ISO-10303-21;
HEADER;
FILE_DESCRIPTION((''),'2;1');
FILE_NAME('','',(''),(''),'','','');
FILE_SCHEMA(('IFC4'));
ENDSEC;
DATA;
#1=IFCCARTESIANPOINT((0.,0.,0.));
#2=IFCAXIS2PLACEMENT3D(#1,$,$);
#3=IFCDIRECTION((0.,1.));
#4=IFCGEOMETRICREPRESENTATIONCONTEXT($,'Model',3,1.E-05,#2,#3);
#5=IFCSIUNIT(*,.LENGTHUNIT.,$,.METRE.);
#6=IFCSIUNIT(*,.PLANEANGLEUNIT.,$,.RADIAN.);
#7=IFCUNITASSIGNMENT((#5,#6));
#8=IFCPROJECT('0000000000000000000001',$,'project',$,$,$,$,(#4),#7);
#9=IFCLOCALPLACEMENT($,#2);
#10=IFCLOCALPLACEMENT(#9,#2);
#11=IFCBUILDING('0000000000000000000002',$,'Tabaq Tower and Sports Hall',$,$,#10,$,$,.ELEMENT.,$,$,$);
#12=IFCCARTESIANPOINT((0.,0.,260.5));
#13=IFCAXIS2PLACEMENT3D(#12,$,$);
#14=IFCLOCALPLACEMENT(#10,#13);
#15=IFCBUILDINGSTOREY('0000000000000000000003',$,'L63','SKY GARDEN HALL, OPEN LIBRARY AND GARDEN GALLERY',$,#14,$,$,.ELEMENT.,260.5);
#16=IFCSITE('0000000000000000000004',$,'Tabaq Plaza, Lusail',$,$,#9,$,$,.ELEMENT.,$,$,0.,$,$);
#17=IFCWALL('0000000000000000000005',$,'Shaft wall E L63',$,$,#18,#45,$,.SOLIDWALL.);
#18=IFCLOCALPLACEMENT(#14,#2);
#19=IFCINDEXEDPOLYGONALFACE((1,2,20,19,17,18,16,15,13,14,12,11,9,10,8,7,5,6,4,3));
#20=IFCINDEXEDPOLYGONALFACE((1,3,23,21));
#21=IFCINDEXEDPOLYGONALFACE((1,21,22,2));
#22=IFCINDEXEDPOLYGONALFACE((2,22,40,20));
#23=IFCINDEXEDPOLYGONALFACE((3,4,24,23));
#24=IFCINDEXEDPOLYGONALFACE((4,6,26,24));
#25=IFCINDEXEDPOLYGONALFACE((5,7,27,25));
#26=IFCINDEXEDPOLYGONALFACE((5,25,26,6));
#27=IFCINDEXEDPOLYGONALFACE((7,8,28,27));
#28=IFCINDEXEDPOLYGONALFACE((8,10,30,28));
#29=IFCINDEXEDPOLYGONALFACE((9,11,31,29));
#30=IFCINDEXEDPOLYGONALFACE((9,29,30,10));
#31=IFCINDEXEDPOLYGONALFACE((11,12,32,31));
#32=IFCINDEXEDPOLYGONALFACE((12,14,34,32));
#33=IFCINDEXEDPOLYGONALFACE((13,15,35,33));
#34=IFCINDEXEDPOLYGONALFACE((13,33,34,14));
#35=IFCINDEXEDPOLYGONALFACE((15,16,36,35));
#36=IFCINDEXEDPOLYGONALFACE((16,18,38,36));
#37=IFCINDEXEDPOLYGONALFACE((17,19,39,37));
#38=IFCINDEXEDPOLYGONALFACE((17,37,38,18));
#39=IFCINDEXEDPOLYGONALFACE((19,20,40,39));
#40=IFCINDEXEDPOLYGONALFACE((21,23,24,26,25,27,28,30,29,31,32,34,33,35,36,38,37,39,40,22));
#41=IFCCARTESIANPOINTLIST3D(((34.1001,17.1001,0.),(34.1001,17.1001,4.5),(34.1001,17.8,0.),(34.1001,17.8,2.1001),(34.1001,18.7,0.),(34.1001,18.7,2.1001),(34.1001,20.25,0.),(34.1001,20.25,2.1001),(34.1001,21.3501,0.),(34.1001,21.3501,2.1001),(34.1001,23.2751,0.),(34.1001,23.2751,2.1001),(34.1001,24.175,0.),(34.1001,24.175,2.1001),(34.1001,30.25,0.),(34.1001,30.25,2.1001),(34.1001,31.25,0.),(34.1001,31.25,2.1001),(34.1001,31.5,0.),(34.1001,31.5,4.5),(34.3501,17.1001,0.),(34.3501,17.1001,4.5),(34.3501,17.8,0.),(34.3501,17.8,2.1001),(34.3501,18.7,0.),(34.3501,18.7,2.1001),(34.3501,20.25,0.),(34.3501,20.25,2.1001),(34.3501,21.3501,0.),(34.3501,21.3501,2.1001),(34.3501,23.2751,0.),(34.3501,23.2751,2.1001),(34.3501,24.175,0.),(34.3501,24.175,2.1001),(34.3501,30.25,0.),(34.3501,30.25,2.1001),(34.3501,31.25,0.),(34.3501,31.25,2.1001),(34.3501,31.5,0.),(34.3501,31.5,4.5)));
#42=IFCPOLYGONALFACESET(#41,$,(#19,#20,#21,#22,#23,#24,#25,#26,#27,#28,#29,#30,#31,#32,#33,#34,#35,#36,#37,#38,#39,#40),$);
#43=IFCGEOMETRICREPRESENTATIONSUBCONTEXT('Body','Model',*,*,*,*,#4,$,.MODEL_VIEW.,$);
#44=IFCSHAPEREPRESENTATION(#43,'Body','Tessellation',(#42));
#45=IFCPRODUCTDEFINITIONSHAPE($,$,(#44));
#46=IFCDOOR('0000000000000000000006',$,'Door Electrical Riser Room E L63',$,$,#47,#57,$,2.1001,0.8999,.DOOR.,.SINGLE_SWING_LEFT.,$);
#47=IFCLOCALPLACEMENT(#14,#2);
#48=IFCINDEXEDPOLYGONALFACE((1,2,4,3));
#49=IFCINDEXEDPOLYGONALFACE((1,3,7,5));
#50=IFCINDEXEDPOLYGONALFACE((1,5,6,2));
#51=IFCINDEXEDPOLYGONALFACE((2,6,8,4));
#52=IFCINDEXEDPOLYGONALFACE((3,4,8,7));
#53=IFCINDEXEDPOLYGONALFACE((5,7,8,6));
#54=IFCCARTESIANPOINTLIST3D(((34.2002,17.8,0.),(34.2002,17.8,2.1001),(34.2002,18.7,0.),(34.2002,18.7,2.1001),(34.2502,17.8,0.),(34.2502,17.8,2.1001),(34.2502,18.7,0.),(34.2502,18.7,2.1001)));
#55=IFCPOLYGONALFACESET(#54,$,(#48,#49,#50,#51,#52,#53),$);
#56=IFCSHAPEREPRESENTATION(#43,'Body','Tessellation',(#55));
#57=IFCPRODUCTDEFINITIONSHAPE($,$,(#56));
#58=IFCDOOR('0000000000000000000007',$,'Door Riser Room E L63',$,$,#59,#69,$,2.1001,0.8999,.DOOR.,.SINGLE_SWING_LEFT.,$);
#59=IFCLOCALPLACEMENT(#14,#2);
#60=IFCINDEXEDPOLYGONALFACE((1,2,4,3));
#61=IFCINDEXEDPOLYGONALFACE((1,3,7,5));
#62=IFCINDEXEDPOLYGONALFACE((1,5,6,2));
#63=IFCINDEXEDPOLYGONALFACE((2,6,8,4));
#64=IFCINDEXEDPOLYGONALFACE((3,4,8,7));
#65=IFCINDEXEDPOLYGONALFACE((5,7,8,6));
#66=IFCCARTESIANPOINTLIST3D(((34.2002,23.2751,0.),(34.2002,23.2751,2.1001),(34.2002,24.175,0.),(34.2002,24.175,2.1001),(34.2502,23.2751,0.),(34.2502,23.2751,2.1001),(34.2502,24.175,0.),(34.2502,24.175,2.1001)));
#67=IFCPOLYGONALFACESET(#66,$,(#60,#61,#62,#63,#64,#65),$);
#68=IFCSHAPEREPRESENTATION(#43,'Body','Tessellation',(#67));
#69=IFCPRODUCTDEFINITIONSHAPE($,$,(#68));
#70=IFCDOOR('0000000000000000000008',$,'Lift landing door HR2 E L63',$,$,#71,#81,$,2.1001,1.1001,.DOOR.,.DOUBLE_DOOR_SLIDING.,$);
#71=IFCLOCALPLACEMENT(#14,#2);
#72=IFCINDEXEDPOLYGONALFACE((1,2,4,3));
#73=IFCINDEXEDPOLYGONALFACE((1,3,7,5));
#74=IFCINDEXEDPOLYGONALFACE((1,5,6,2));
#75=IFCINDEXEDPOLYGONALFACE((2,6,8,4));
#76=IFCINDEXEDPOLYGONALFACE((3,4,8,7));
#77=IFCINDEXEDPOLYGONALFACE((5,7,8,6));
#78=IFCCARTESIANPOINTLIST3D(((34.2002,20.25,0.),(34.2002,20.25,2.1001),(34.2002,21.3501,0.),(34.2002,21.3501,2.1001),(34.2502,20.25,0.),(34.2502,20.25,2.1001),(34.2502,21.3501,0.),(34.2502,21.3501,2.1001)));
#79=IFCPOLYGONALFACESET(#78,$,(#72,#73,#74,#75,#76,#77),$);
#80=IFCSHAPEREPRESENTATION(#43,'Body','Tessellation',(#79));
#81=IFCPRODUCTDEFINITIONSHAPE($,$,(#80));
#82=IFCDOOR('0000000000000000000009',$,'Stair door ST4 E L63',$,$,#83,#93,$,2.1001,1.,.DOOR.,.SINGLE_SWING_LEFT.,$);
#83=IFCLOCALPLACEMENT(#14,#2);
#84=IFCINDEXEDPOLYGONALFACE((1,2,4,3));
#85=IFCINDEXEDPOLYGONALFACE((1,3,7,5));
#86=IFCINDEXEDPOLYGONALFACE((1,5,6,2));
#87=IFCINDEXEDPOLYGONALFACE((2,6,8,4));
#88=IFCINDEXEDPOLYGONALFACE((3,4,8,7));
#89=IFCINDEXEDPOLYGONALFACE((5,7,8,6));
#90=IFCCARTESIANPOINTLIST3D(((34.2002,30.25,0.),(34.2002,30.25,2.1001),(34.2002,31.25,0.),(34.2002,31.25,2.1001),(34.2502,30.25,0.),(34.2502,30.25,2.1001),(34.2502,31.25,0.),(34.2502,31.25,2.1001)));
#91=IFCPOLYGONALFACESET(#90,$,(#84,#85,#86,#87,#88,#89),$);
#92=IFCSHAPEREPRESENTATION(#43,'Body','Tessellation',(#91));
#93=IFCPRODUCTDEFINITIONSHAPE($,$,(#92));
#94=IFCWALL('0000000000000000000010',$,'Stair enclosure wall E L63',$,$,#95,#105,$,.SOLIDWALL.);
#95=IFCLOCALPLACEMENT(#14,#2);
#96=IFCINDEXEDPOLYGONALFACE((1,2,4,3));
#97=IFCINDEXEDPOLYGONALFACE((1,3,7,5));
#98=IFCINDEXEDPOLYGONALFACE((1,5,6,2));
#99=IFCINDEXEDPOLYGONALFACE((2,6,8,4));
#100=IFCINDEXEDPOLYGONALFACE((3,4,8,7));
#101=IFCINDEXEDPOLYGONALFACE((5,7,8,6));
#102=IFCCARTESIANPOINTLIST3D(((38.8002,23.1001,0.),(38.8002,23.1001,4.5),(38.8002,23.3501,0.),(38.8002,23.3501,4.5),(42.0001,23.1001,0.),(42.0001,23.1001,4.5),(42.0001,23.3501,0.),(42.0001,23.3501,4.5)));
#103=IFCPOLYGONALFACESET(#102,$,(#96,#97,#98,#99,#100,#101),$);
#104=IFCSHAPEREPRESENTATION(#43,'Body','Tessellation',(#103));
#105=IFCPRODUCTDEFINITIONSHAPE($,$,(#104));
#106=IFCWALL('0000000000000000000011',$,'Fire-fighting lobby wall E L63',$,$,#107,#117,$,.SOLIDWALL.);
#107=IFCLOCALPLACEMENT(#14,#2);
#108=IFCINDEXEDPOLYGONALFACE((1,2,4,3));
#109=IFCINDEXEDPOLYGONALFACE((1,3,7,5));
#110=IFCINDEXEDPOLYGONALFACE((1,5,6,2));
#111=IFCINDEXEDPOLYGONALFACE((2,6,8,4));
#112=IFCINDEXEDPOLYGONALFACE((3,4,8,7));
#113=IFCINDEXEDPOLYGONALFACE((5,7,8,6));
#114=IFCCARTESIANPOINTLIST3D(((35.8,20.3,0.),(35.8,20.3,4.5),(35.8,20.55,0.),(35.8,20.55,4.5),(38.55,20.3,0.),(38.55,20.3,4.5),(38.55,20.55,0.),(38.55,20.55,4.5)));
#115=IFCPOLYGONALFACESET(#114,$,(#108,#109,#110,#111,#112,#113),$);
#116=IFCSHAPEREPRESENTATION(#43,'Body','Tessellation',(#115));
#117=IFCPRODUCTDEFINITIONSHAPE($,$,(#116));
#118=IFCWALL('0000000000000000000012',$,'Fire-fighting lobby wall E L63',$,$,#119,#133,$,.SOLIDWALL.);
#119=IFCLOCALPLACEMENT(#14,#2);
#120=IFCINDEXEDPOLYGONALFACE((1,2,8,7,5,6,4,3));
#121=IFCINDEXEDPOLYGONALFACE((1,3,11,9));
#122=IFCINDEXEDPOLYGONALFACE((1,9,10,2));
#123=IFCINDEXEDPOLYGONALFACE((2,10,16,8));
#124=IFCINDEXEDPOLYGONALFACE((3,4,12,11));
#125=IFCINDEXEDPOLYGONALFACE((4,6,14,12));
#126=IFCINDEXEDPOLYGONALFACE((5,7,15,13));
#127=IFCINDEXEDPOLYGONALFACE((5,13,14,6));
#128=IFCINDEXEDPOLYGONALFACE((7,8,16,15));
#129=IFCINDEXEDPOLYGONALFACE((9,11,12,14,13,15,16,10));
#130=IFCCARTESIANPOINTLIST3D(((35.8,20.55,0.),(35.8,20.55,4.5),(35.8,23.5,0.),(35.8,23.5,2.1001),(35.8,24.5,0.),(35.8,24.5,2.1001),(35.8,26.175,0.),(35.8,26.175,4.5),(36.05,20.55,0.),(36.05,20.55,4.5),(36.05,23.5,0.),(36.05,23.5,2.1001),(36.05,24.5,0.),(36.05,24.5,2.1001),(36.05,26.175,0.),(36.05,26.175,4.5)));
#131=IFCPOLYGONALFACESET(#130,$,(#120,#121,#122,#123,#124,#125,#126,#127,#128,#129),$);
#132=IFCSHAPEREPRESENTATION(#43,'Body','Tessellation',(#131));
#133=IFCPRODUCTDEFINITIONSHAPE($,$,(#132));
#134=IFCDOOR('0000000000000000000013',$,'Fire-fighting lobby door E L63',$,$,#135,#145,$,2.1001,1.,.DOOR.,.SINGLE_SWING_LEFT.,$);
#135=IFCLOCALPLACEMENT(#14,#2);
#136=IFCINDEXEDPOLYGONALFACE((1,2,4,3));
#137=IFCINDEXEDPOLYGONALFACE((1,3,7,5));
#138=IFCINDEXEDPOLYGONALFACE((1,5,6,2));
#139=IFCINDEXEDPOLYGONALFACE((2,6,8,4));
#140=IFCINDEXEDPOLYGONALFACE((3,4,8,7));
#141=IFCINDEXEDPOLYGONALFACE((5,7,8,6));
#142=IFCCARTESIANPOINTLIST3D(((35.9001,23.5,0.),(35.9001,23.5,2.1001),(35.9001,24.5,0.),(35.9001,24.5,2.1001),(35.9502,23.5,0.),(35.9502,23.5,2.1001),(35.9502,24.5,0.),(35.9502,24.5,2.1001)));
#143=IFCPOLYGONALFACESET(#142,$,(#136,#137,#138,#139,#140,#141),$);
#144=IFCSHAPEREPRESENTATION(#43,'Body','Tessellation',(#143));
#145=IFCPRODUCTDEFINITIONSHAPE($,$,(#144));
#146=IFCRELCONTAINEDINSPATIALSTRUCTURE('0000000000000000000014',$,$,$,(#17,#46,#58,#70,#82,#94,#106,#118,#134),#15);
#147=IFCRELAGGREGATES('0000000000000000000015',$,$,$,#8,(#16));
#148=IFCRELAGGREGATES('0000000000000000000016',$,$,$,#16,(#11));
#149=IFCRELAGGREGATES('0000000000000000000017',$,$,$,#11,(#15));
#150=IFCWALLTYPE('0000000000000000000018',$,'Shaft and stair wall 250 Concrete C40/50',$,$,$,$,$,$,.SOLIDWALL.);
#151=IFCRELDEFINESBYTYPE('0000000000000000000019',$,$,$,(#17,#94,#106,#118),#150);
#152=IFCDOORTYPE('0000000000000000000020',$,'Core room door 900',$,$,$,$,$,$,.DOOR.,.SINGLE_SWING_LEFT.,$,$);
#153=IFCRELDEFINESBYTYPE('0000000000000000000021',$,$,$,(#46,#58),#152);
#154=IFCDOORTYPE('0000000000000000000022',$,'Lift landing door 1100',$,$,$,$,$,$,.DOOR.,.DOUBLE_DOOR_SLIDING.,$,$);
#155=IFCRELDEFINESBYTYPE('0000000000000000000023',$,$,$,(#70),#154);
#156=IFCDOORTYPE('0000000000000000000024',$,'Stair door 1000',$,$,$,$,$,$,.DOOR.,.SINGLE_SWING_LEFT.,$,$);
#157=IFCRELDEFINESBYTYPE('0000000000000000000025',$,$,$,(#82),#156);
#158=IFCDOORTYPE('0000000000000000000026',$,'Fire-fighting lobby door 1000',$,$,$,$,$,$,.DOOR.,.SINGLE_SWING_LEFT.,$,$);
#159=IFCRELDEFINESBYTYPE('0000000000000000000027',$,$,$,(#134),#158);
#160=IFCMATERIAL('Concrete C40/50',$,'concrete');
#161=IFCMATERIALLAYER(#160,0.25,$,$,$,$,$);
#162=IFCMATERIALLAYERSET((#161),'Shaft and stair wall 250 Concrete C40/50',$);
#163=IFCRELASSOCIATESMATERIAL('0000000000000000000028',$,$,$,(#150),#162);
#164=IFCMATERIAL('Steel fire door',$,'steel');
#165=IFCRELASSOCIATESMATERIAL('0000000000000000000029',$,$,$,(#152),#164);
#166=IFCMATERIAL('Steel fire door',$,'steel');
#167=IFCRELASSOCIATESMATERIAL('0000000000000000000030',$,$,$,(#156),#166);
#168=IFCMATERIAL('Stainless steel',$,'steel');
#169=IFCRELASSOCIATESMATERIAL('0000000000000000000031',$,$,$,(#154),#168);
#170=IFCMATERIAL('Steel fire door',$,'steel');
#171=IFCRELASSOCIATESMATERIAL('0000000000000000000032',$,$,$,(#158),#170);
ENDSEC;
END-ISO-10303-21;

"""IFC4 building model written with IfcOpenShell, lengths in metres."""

from ifc_helpers import new_model, si_unit, direction, frame, frame_2d, origin, place, context, subcontext, project, spatial, rectangle, extrude, material, layer, layer_set, type_object, element, fill, save


model = new_model("IFC4")

# Units and contexts
model_context = context("Model", 3, precision=1e-05, world=origin(), true_north=direction((0.0, 1.0)))
body_context = subcontext(model_context, "Body", "Model", "MODEL_VIEW")
ifc_project = project(units=[si_unit("LENGTHUNIT", "METRE"), si_unit("PLANEANGLEUNIT", "RADIAN")], contexts=[model_context])

# Site, building, storey
site_placement = place(None, origin())
site = spatial("IfcSite", under=ifc_project, at=site_placement, Name="Tabaq Plaza, Lusail", CompositionType="ELEMENT", RefElevation=0.0)
building_placement = place(site_placement, origin())
building = spatial("IfcBuilding", under=site, at=building_placement, Name="Tabaq Tower and Sports Hall", CompositionType="ELEMENT")
storey_placement = place(building_placement, frame((0.0, 0.0, 260.5)))
storey = spatial("IfcBuildingStorey", under=building, at=storey_placement, Name="L63", Description="SKY GARDEN HALL, OPEN LIBRARY AND GARDEN GALLERY", CompositionType="ELEMENT", Elevation=260.5)

# Wall, openings, doors
ifc_material_1 = material(Name="Concrete C40/50", Category="concrete")
ifc_layer_1 = layer(ifc_material_1, 0.25)
ifc_layer_set_1 = layer_set([ifc_layer_1], Name="Shaft and stair wall 250 Concrete C40/50")
wall_type_1 = type_object("IfcWallType", Name="Shaft and stair wall 250 Concrete C40/50", PredefinedType="SOLIDWALL", material=ifc_layer_set_1)
ifc_material_2 = material(Name="Steel fire door", Category="steel")
door_type_1 = type_object("IfcDoorType", Name="Core room door 900", OperationType="SINGLE_SWING_LEFT", PredefinedType="DOOR", material=ifc_material_2)
ifc_material_3 = material(Name="Steel fire door", Category="steel")
door_type_2 = type_object("IfcDoorType", Name="Stair door 1000", OperationType="SINGLE_SWING_LEFT", PredefinedType="DOOR", material=ifc_material_3)
wall_1_placement = place(storey_placement, frame((34.2251, 17.1001, 0.0), z_axis=(0.0, 0.0, 1.0), x_axis=(0.0, 1.0, 0.0)))
wall_1 = element("IfcWall", 1, at=wall_1_placement, inside=storey, type_object=wall_type_1, Name="Shaft wall E L63", PredefinedType="SOLIDWALL", context=body_context, shape_type="SweptSolid", body=[
    extrude(rectangle(XDim=14.3999, YDim=0.25, at=frame_2d((7.2, 0.0))), origin(), (0.0, 0.0, 1.0), 4.5),
])
opening_1_placement = place(wall_1_placement, frame((13.1499, 0.0, 0.0)))
opening_1 = element("IfcOpeningElement", 2, at=opening_1_placement, cuts=wall_1, PredefinedType="OPENING", context=body_context, shape_type="SweptSolid", body=[
    extrude(rectangle(XDim=1.0, YDim=2.1001, at=frame_2d((0.5, 1.05))), frame((0.0, 0.125, 0.0), z_axis=(0.0, -1.0, 0.0), x_axis=(1.0, 0.0, 0.0)), (0.0, 0.0, 1.0), 0.25),
])
opening_2_placement = place(wall_1_placement, frame((3.1499, 0.0, 0.0)))
opening_2 = element("IfcOpeningElement", 3, at=opening_2_placement, cuts=wall_1, PredefinedType="OPENING", context=body_context, shape_type="SweptSolid", body=[
    extrude(rectangle(XDim=1.1001, YDim=2.1001, at=frame_2d((0.55, 1.05))), frame((0.0, 0.125, 0.0), z_axis=(0.0, -1.0, 0.0), x_axis=(1.0, 0.0, 0.0)), (0.0, 0.0, 1.0), 0.25),
])
opening_3_placement = place(wall_1_placement, frame((0.7, 0.0, 0.0)))
opening_3 = element("IfcOpeningElement", 4, at=opening_3_placement, cuts=wall_1, PredefinedType="OPENING", context=body_context, shape_type="SweptSolid", body=[
    extrude(rectangle(XDim=0.8999, YDim=2.1001, at=frame_2d((0.45, 1.05))), frame((0.0, 0.125, 0.0), z_axis=(0.0, -1.0, 0.0), x_axis=(1.0, 0.0, 0.0)), (0.0, 0.0, 1.0), 0.25),
])
opening_4_placement = place(wall_1_placement, frame((6.175, 0.0, 0.0)))
opening_4 = element("IfcOpeningElement", 5, at=opening_4_placement, cuts=wall_1, PredefinedType="OPENING", context=body_context, shape_type="SweptSolid", body=[
    extrude(rectangle(XDim=0.8999, YDim=2.1001, at=frame_2d((0.45, 1.05))), frame((0.0, 0.125, 0.0), z_axis=(0.0, -1.0, 0.0), x_axis=(1.0, 0.0, 0.0)), (0.0, 0.0, 1.0), 0.25),
])
door_1_placement = place(opening_3_placement, origin())
door_1 = element("IfcDoor", 6, at=door_1_placement, inside=storey, type_object=door_type_1, Name="Door Electrical Riser Room E L63", OperationType="SINGLE_SWING_LEFT", OverallHeight=2.1001, OverallWidth=0.8999, PredefinedType="DOOR", context=body_context, shape_type="SweptSolid", body=[
    extrude(rectangle(XDim=0.8999, YDim=2.1001, at=frame_2d((0.45, 1.05))), frame((0.0, 0.0249, 0.0), z_axis=(0.0, -1.0, 0.0), x_axis=(1.0, 0.0, 0.0)), (0.0, 0.0, 1.0), 0.05),
])
fill(opening_3, door_1)
door_2_placement = place(opening_4_placement, origin())
door_2 = element("IfcDoor", 7, at=door_2_placement, inside=storey, type_object=door_type_1, Name="Door Riser Room E L63", OperationType="SINGLE_SWING_LEFT", OverallHeight=2.1001, OverallWidth=0.8999, PredefinedType="DOOR", context=body_context, shape_type="SweptSolid", body=[
    extrude(rectangle(XDim=0.8999, YDim=2.1001, at=frame_2d((0.45, 1.05))), frame((0.0, 0.0249, 0.0), z_axis=(0.0, -1.0, 0.0), x_axis=(1.0, 0.0, 0.0)), (0.0, 0.0, 1.0), 0.05),
])
fill(opening_4, door_2)
ifc_material_4 = material(Name="Stainless steel", Category="steel")
door_type_3 = type_object("IfcDoorType", Name="Lift landing door 1100", OperationType="DOUBLE_DOOR_SLIDING", PredefinedType="DOOR", material=ifc_material_4)
door_3_placement = place(opening_2_placement, origin())
door_3 = element("IfcDoor", 8, at=door_3_placement, inside=storey, type_object=door_type_3, Name="Lift landing door HR2 E L63", OperationType="DOUBLE_DOOR_SLIDING", OverallHeight=2.1001, OverallWidth=1.1001, PredefinedType="DOOR", context=body_context, shape_type="SweptSolid", body=[
    extrude(rectangle(XDim=1.1001, YDim=2.1001, at=frame_2d((0.55, 1.05))), frame((0.0, 0.0249, 0.0), z_axis=(0.0, -1.0, 0.0), x_axis=(1.0, 0.0, 0.0)), (0.0, 0.0, 1.0), 0.05),
])
fill(opening_2, door_3)
door_4_placement = place(opening_1_placement, origin())
door_4 = element("IfcDoor", 9, at=door_4_placement, inside=storey, type_object=door_type_2, Name="Stair door ST4 E L63", OperationType="SINGLE_SWING_LEFT", OverallHeight=2.1001, OverallWidth=1.0, PredefinedType="DOOR", context=body_context, shape_type="SweptSolid", body=[
    extrude(rectangle(XDim=1.0, YDim=2.1001, at=frame_2d((0.5, 1.05))), frame((0.0, 0.0249, 0.0), z_axis=(0.0, -1.0, 0.0), x_axis=(1.0, 0.0, 0.0)), (0.0, 0.0, 1.0), 0.05),
])
fill(opening_1, door_4)

# Walls
wall_2_placement = place(storey_placement, frame((38.8, 23.2251, 0.0), z_axis=(0.0, 0.0, 1.0), x_axis=(1.0, 0.0, 0.0)))
element("IfcWall", 10, at=wall_2_placement, inside=storey, type_object=wall_type_1, Name="Stair enclosure wall E L63", PredefinedType="SOLIDWALL", context=body_context, shape_type="SweptSolid", body=[
    extrude(rectangle(XDim=3.2, YDim=0.25, at=frame_2d((1.6001, 0.0))), origin(), (0.0, 0.0, 1.0), 4.5),
])
wall_3_placement = place(storey_placement, frame((35.8, 20.425, 0.0), z_axis=(0.0, 0.0, 1.0), x_axis=(1.0, 0.0, 0.0)))
element("IfcWall", 11, at=wall_3_placement, inside=storey, type_object=wall_type_1, Name="Fire-fighting lobby wall E L63", PredefinedType="SOLIDWALL", context=body_context, shape_type="SweptSolid", body=[
    extrude(rectangle(XDim=2.75, YDim=0.25, at=frame_2d((1.375, 0.0))), origin(), (0.0, 0.0, 1.0), 4.5),
])

# Wall, opening, door
wall_4_placement = place(storey_placement, frame((35.925, 20.55, 0.0), z_axis=(0.0, 0.0, 1.0), x_axis=(0.0, 1.0, 0.0)))
wall_4 = element("IfcWall", 12, at=wall_4_placement, inside=storey, type_object=wall_type_1, Name="Fire-fighting lobby wall E L63", PredefinedType="SOLIDWALL", context=body_context, shape_type="SweptSolid", body=[
    extrude(rectangle(XDim=5.625, YDim=0.25, at=frame_2d((2.8125, 0.0))), origin(), (0.0, 0.0, 1.0), 4.5),
])
opening_5_placement = place(wall_4_placement, frame((2.95, 0.0, 0.0)))
opening_5 = element("IfcOpeningElement", 13, at=opening_5_placement, cuts=wall_4, PredefinedType="OPENING", context=body_context, shape_type="SweptSolid", body=[
    extrude(rectangle(XDim=1.0, YDim=2.1001, at=frame_2d((0.5, 1.05))), frame((0.0, 0.125, 0.0), z_axis=(0.0, -1.0, 0.0), x_axis=(1.0, 0.0, 0.0)), (0.0, 0.0, 1.0), 0.25),
])
ifc_material_5 = material(Name="Steel fire door", Category="steel")
door_type_4 = type_object("IfcDoorType", Name="Fire-fighting lobby door 1000", OperationType="SINGLE_SWING_LEFT", PredefinedType="DOOR", material=ifc_material_5)
door_5_placement = place(opening_5_placement, origin())
door_5 = element("IfcDoor", 14, at=door_5_placement, inside=storey, type_object=door_type_4, Name="Fire-fighting lobby door E L63", OperationType="SINGLE_SWING_LEFT", OverallHeight=2.1001, OverallWidth=1.0, PredefinedType="DOOR", context=body_context, shape_type="SweptSolid", body=[
    extrude(rectangle(XDim=1.0, YDim=2.1001, at=frame_2d((0.5, 1.05))), frame((0.0, 0.0249, 0.0), z_axis=(0.0, -1.0, 0.0), x_axis=(1.0, 0.0, 0.0)), (0.0, 0.0, 1.0), 0.05),
])
fill(opening_5, door_5)

save(model, "model.ifc")
